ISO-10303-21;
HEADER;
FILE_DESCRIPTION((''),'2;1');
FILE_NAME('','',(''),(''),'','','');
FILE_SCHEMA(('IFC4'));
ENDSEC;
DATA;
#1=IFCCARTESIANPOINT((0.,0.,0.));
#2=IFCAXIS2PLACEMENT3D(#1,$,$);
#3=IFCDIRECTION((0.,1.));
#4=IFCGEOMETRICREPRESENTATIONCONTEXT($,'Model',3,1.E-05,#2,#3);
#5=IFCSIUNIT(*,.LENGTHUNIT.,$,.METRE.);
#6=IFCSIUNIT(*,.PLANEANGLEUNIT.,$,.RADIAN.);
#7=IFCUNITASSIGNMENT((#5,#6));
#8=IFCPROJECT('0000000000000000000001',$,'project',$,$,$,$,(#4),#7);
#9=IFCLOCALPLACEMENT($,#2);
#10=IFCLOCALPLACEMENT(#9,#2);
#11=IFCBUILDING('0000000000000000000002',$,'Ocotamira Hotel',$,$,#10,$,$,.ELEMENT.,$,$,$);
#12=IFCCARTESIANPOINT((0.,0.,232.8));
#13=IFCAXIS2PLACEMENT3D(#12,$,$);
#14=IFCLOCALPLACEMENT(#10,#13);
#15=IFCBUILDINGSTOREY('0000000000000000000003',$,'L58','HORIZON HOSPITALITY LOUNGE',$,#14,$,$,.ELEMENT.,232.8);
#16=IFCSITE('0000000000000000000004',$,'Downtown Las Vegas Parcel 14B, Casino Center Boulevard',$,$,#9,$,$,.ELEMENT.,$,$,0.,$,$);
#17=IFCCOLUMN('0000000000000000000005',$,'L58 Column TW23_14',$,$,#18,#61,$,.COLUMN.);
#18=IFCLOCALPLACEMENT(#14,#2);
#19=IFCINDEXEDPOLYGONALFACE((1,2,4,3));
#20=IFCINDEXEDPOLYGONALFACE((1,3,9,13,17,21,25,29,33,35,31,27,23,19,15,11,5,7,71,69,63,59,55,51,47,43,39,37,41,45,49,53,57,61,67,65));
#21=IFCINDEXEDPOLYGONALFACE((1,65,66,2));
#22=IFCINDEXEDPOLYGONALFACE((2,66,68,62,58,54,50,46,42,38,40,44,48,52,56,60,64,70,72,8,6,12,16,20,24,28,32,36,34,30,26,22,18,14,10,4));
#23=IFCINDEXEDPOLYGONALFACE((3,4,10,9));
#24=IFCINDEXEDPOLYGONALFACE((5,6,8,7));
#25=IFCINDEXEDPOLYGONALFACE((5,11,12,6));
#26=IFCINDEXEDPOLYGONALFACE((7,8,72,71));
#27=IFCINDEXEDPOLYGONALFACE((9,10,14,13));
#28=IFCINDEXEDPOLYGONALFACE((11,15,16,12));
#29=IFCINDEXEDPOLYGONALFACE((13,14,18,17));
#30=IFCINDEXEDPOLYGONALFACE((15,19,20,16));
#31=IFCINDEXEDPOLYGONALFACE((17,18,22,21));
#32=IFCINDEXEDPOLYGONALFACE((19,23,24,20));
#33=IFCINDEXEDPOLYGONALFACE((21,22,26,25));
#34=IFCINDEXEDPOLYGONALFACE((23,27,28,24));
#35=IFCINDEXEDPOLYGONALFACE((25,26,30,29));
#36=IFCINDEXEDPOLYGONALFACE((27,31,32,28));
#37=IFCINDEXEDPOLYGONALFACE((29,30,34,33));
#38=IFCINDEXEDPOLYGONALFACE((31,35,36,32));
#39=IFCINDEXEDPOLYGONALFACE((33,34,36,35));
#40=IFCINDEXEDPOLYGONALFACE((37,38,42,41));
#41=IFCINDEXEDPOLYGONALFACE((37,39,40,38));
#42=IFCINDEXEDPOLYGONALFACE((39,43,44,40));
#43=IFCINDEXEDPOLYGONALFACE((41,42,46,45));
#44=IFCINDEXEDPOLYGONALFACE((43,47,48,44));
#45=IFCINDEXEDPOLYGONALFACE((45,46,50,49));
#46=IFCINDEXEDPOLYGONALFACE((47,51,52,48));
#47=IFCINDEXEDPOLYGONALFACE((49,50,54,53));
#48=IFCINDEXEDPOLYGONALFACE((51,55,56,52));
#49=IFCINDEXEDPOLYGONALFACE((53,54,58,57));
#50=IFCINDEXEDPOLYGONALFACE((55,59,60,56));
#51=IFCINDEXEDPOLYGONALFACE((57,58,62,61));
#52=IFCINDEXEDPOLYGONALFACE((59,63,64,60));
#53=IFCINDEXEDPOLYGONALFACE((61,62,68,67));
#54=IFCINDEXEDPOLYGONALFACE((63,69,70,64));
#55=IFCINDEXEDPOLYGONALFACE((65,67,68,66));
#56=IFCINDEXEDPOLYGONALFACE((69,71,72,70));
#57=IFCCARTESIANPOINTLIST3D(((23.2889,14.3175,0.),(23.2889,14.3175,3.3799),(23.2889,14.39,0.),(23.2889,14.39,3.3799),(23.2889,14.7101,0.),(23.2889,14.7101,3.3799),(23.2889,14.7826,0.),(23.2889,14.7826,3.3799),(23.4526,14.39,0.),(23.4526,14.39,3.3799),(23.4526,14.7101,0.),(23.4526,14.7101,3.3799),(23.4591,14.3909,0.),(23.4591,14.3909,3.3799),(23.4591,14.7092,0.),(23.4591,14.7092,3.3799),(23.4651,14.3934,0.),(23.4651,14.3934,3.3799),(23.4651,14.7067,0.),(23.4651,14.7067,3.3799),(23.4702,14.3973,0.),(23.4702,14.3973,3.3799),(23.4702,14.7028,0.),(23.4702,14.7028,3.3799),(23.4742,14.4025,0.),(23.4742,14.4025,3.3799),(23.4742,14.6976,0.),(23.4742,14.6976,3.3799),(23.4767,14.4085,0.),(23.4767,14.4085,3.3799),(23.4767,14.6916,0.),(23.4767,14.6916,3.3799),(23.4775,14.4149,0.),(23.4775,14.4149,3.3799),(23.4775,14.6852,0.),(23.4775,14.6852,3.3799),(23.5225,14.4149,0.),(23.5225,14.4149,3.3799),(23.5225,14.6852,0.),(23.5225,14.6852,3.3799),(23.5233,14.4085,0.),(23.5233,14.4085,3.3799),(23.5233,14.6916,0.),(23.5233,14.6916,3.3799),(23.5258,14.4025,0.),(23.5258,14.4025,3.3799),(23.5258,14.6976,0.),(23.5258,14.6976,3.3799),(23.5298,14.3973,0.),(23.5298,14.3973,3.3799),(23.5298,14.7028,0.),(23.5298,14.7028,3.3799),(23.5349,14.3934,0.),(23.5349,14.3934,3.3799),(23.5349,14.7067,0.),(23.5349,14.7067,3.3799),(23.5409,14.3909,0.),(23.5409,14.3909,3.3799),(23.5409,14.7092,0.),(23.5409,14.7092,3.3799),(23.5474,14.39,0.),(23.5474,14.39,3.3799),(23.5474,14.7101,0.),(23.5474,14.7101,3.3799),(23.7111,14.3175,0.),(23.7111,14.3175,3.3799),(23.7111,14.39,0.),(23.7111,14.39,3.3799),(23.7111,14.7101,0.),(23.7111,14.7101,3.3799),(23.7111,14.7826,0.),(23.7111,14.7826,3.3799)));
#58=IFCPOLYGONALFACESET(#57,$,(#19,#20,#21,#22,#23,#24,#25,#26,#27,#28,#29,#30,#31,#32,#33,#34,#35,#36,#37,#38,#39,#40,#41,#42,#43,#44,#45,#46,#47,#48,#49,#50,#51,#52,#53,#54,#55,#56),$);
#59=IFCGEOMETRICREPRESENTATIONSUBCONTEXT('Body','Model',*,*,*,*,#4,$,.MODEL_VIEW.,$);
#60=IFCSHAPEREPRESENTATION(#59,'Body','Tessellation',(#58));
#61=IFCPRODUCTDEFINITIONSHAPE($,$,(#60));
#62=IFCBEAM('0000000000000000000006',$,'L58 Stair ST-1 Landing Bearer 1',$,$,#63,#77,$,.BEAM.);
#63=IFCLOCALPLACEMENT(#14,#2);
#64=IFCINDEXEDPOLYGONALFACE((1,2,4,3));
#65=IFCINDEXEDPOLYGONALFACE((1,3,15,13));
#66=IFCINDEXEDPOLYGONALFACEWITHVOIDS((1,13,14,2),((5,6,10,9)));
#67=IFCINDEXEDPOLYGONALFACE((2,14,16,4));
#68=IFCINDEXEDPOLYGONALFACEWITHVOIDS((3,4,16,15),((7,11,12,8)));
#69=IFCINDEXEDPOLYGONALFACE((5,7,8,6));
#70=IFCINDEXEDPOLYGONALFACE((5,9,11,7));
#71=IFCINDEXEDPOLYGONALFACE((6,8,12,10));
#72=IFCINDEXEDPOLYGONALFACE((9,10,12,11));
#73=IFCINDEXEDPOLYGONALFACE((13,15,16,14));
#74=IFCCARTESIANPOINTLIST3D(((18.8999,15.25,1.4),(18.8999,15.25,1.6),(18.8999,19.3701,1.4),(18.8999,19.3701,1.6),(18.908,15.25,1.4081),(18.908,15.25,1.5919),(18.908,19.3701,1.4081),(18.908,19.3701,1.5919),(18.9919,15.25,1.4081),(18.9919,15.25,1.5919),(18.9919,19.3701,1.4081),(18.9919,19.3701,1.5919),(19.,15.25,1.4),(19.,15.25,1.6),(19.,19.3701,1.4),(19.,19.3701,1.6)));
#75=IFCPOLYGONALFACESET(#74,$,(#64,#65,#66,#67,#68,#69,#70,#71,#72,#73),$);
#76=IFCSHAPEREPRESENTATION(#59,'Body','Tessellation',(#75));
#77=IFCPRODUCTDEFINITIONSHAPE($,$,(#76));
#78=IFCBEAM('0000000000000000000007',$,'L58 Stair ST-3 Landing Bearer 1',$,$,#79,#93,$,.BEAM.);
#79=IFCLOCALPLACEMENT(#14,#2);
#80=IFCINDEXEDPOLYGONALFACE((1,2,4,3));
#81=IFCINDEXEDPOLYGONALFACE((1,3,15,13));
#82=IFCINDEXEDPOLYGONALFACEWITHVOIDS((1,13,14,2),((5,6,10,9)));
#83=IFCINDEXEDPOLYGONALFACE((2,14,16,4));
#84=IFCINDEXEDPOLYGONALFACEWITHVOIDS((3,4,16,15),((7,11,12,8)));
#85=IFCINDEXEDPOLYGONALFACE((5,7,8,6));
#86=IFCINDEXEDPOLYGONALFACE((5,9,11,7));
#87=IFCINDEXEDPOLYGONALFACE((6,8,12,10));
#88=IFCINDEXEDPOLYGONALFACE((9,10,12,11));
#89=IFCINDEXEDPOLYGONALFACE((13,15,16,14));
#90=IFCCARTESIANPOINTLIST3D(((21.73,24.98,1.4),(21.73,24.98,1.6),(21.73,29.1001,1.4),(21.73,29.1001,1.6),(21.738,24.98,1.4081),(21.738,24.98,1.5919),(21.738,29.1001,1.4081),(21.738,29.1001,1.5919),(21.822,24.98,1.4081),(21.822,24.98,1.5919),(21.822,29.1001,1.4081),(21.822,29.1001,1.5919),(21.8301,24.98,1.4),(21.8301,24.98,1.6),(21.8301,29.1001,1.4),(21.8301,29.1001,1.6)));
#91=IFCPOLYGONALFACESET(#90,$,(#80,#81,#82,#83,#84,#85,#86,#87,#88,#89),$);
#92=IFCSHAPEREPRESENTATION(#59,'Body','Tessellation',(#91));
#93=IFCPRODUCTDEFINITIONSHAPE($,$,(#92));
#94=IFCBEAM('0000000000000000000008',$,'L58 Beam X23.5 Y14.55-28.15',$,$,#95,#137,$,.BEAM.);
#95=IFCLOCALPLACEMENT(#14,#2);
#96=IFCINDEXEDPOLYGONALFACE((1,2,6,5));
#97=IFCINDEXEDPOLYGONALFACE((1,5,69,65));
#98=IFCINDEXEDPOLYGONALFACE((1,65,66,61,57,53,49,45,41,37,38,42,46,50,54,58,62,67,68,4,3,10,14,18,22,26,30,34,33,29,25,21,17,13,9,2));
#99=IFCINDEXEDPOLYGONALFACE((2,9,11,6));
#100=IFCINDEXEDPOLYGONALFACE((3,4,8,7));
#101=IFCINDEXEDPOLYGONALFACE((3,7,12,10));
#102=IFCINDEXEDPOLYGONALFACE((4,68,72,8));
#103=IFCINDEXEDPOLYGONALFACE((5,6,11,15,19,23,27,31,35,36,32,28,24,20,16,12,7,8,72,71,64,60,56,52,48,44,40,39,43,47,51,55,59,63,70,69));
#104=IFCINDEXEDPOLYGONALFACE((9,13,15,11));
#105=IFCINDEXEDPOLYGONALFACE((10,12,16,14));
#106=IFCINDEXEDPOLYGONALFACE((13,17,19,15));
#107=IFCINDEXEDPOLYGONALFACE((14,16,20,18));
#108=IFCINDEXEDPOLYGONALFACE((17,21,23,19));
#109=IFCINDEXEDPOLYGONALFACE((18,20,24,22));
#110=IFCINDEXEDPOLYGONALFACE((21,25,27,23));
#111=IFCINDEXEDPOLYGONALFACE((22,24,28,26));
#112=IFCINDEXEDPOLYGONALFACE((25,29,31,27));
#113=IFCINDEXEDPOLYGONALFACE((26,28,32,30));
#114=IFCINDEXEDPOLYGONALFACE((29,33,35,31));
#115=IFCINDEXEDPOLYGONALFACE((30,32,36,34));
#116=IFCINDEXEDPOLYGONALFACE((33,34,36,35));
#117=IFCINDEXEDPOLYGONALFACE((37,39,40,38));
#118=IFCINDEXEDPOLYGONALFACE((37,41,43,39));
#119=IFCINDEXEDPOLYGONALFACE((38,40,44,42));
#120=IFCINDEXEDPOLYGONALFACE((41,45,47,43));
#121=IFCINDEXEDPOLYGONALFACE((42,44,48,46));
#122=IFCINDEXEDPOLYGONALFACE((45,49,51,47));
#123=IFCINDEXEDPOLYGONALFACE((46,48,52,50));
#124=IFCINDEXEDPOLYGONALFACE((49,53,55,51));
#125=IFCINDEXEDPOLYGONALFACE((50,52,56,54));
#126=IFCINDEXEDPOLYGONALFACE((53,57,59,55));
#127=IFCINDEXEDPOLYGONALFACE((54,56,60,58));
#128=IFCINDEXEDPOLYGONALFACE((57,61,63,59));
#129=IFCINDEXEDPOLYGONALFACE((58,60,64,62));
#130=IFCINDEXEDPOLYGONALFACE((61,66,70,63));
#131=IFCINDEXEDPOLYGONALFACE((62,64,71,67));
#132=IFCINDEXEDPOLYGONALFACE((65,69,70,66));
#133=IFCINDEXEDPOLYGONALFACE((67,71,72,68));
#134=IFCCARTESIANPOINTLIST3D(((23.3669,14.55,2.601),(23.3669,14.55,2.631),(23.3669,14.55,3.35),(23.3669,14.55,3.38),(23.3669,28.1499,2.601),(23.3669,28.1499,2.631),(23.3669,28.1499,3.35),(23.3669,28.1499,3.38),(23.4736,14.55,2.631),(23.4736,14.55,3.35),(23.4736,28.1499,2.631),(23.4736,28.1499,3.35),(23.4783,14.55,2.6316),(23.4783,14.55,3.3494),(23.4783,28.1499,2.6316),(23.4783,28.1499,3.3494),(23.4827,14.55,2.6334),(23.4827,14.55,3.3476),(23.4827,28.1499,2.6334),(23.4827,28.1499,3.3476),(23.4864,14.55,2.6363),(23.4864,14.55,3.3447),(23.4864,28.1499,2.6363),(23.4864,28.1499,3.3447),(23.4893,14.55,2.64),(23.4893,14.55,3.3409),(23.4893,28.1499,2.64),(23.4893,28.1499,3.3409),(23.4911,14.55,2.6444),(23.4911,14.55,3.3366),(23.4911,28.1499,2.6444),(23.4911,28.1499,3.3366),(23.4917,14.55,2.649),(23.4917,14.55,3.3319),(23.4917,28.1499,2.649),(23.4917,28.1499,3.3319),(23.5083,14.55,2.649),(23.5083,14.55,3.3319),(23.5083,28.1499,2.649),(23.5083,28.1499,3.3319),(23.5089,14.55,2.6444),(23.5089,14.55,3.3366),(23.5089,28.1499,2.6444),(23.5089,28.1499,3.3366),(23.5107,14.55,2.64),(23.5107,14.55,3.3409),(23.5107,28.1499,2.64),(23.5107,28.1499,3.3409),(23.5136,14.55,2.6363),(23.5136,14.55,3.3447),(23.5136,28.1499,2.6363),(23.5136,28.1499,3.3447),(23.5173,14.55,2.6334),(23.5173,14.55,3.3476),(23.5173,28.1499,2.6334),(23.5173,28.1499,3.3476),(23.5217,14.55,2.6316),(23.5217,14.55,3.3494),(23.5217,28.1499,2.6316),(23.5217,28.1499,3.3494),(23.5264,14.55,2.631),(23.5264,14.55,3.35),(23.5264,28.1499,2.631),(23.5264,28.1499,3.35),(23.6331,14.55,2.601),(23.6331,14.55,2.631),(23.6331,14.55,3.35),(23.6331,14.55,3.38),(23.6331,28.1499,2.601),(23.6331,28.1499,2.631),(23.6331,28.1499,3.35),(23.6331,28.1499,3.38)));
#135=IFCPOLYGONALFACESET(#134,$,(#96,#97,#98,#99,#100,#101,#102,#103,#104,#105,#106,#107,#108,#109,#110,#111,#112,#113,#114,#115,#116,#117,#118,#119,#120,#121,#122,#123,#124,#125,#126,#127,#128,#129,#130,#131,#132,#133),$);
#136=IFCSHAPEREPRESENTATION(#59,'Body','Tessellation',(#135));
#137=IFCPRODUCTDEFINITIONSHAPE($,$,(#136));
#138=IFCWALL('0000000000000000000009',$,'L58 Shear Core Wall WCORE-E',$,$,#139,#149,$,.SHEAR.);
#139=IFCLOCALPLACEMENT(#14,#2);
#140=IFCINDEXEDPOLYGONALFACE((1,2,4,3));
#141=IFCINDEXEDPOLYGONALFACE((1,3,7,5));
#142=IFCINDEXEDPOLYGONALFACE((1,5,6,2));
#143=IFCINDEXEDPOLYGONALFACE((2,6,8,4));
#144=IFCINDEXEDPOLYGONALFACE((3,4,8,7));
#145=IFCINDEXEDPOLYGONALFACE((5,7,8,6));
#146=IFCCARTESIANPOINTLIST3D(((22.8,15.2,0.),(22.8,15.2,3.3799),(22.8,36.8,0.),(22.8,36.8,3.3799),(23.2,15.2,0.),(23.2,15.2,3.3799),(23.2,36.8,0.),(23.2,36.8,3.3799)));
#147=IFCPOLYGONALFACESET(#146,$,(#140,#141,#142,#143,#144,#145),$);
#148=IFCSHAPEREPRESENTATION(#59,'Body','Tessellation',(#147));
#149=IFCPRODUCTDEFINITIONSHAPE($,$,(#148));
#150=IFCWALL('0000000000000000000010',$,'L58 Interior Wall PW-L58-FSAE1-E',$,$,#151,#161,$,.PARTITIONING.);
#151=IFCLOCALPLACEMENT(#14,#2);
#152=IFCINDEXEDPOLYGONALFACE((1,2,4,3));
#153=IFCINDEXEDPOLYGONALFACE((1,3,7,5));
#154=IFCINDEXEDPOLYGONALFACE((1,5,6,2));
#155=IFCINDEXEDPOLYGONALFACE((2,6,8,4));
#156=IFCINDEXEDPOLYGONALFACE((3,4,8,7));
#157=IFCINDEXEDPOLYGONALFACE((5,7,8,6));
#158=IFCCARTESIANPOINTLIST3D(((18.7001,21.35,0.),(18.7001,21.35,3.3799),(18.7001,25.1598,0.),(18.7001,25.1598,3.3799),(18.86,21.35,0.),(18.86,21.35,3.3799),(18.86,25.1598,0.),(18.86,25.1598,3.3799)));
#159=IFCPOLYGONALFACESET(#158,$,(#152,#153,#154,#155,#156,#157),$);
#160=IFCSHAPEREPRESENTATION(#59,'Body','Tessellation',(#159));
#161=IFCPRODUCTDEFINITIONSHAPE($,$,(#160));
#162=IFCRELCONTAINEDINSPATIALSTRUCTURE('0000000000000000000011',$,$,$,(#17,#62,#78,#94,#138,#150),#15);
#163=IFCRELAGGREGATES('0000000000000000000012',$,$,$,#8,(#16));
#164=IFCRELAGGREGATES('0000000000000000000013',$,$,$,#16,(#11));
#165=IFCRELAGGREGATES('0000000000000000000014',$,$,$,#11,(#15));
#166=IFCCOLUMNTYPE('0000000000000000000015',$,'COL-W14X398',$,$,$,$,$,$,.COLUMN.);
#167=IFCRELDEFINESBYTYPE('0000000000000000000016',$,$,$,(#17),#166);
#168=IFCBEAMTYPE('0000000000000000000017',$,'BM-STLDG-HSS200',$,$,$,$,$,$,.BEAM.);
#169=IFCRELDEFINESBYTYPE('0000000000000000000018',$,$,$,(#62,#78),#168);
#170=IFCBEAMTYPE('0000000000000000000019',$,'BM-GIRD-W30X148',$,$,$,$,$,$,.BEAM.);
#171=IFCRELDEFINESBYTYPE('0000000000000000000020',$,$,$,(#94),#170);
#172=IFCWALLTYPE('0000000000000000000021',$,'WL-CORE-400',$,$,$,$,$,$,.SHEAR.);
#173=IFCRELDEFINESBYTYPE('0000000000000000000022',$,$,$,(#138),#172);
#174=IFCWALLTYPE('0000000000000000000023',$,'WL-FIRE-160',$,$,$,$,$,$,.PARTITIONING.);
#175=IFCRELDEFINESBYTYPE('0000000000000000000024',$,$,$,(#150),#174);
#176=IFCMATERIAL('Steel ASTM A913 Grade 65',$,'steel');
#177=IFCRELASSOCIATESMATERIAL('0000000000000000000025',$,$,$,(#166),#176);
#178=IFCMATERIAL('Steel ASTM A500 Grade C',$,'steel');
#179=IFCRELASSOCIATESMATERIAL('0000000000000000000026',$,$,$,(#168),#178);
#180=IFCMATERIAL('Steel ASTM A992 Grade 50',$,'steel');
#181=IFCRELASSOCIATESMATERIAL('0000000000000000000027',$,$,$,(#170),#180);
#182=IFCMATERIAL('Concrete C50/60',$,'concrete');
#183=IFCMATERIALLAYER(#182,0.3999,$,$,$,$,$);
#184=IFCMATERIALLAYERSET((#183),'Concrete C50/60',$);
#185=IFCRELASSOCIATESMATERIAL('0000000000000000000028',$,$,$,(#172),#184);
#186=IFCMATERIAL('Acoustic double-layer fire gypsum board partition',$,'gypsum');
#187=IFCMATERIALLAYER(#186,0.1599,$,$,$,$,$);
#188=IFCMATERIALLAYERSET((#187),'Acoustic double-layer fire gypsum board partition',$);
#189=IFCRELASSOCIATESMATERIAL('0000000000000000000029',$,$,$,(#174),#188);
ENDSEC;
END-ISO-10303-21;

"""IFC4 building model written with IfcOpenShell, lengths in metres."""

from ifc_helpers import new_model, si_unit, direction, frame, frame_2d, origin, origin_2d, place, context, subcontext, project, spatial, rectangle, hollow_rectangle, i_section, extrude, source, transform, mapped, material, layer, layer_set, material_profile, profile_set, type_object, element, save


model = new_model("IFC4")

# Units and contexts
model_context = context("Model", 3, precision=1e-05, world=origin(), true_north=direction((0.0, 1.0)))
body_context = subcontext(model_context, "Body", "Model", "MODEL_VIEW")
ifc_project = project(units=[si_unit("LENGTHUNIT", "METRE"), si_unit("PLANEANGLEUNIT", "RADIAN")], contexts=[model_context])

# Site, building, storey
site_placement = place(None, origin())
site = spatial("IfcSite", under=ifc_project, at=site_placement, Name="Downtown Las Vegas Parcel 14B, Casino Center Boulevard", CompositionType="ELEMENT", RefElevation=0.0)
building_placement = place(site_placement, origin())
building = spatial("IfcBuilding", under=site, at=building_placement, Name="Ocotamira Hotel", CompositionType="ELEMENT")
storey_placement = place(building_placement, frame((0.0, 0.0, 232.8)))
storey = spatial("IfcBuildingStorey", under=building, at=storey_placement, Name="L58", Description="HORIZON HOSPITALITY LOUNGE", CompositionType="ELEMENT", Elevation=232.8)

# Column
ifc_material_1 = material(Name="Steel ASTM A913 Grade 65", Category="steel")
ifc_material_profile_1 = material_profile(ifc_material_1, i_section(OverallWidth=0.4221, OverallDepth=0.4651, WebThickness=0.0449, FlangeThickness=0.0725, FilletRadius=0.0249, at=origin_2d()), Name="W14X398")
ifc_profile_set_1 = profile_set([ifc_material_profile_1], Name="Steel ASTM A913 Grade 65")
column_type = type_object("IfcColumnType", Name="COL-W14X398", PredefinedType="COLUMN", material=ifc_profile_set_1)
shared_shape_1 = source(origin(), body_context, "Body", "SweptSolid", [
    extrude(i_section(OverallWidth=0.4221, OverallDepth=0.4651, WebThickness=0.0449, FlangeThickness=0.0725, FilletRadius=0.0249, at=origin_2d()), origin(), (0.0, 0.0, 1.0), 3.3799),
])
column_placement = place(storey_placement, frame((23.5, 14.55, 0.0), z_axis=(0.0, 0.0, 1.0), x_axis=(1.0, 0.0, 0.0)))
element("IfcColumn", 1, at=column_placement, inside=storey, type_object=column_type, Name="L58 Column TW23_14", PredefinedType="COLUMN", context=body_context, shape_type="MappedRepresentation", body=[
    mapped(shared_shape_1, transform((0.0, 0.0, 0.0), scale=1.0)),
])

# Beams
ifc_material_2 = material(Name="Steel ASTM A500 Grade C", Category="steel")
ifc_material_profile_2 = material_profile(ifc_material_2, hollow_rectangle(XDim=0.1001, YDim=0.2, WallThickness=0.0081, at=origin_2d()), Name="HSS200X100X8")
ifc_profile_set_2 = profile_set([ifc_material_profile_2], Name="Steel ASTM A500 Grade C")
beam_type_1 = type_object("IfcBeamType", Name="BM-STLDG-HSS200", PredefinedType="BEAM", material=ifc_profile_set_2)
shared_shape_2 = source(origin(), body_context, "Body", "SweptSolid", [
    extrude(hollow_rectangle(XDim=0.1001, YDim=0.2, WallThickness=0.0081, at=origin_2d()), origin(), (0.0, 0.0, 1.0), 4.1201),
])
for number, where, z_axis, x_axis, name in (
    (2, (18.95, 15.25, 1.5), (0.0, 1.0, 0.0), (-1.0, 0.0, 0.0), "L58 Stair ST-1 Landing Bearer 1"),
    (3, (21.78, 24.98, 1.5), (0.0, 1.0, 0.0), (-1.0, 0.0, 0.0), "L58 Stair ST-3 Landing Bearer 1"),
):
    element("IfcBeam", number, at=place(storey_placement, frame(where, z_axis=z_axis, x_axis=x_axis)), inside=storey, type_object=beam_type_1, Name=name, PredefinedType="BEAM", context=body_context, shape_type="MappedRepresentation", body=[
        mapped(shared_shape_2, transform((0.0, 0.0, 0.0), scale=1.0)),
    ])
ifc_material_3 = material(Name="Steel ASTM A992 Grade 50", Category="steel")
ifc_material_profile_3 = material_profile(ifc_material_3, i_section(OverallWidth=0.2661, OverallDepth=0.7791, WebThickness=0.0166, FlangeThickness=0.03, FilletRadius=0.0181, at=origin_2d()), Name="W30X148")
ifc_profile_set_3 = profile_set([ifc_material_profile_3], Name="Steel ASTM A992 Grade 50")
beam_type_2 = type_object("IfcBeamType", Name="BM-GIRD-W30X148", PredefinedType="BEAM", material=ifc_profile_set_3)
shared_shape_3 = source(origin(), body_context, "Body", "SweptSolid", [
    extrude(i_section(OverallWidth=0.2661, OverallDepth=0.7791, WebThickness=0.0166, FlangeThickness=0.03, FilletRadius=0.0181, at=origin_2d()), origin(), (0.0, 0.0, 1.0), 13.5999),
])
beam_placement = place(storey_placement, frame((23.5, 14.55, 2.9905), z_axis=(0.0, 1.0, 0.0), x_axis=(-1.0, 0.0, 0.0)))
element("IfcBeam", 4, at=beam_placement, inside=storey, type_object=beam_type_2, Name="L58 Beam X23.5 Y14.55-28.15", PredefinedType="BEAM", context=body_context, shape_type="MappedRepresentation", body=[
    mapped(shared_shape_3, transform((0.0, 0.0, 0.0), scale=1.0)),
])

# Walls
ifc_material_4 = material(Name="Concrete C50/60", Category="concrete")
ifc_layer_1 = layer(ifc_material_4, 0.3999)
ifc_layer_set_1 = layer_set([ifc_layer_1], Name="Concrete C50/60")
wall_type_1 = type_object("IfcWallType", Name="WL-CORE-400", PredefinedType="SHEAR", material=ifc_layer_set_1)
wall_1_placement = place(storey_placement, frame((23.0, 15.2, 0.0), z_axis=(0.0, 0.0, 1.0), x_axis=(0.0, 1.0, 0.0)))
element("IfcWall", 5, at=wall_1_placement, inside=storey, type_object=wall_type_1, Name="L58 Shear Core Wall WCORE-E", PredefinedType="SHEAR", context=body_context, shape_type="SweptSolid", body=[
    extrude(rectangle(XDim=21.6001, YDim=0.3999, at=frame_2d((10.8, 0.0))), origin(), (0.0, 0.0, 1.0), 3.3799),
])
ifc_material_5 = material(Name="Acoustic double-layer fire gypsum board partition", Category="gypsum")
ifc_layer_2 = layer(ifc_material_5, 0.1599)
ifc_layer_set_2 = layer_set([ifc_layer_2], Name="Acoustic double-layer fire gypsum board partition")
wall_type_2 = type_object("IfcWallType", Name="WL-FIRE-160", PredefinedType="PARTITIONING", material=ifc_layer_set_2)
wall_2_placement = place(storey_placement, frame((18.78, 21.3501, 0.0), z_axis=(0.0, 0.0, 1.0), x_axis=(0.0, 1.0, 0.0)))
element("IfcWall", 6, at=wall_2_placement, inside=storey, type_object=wall_type_2, Name="L58 Interior Wall PW-L58-FSAE1-E", PredefinedType="PARTITIONING", context=body_context, shape_type="SweptSolid", body=[
    extrude(rectangle(XDim=3.8098, YDim=0.1599, at=frame_2d((1.9048, 0.0))), origin(), (0.0, 0.0, 1.0), 3.3799),
])

save(model, "model.ifc")
